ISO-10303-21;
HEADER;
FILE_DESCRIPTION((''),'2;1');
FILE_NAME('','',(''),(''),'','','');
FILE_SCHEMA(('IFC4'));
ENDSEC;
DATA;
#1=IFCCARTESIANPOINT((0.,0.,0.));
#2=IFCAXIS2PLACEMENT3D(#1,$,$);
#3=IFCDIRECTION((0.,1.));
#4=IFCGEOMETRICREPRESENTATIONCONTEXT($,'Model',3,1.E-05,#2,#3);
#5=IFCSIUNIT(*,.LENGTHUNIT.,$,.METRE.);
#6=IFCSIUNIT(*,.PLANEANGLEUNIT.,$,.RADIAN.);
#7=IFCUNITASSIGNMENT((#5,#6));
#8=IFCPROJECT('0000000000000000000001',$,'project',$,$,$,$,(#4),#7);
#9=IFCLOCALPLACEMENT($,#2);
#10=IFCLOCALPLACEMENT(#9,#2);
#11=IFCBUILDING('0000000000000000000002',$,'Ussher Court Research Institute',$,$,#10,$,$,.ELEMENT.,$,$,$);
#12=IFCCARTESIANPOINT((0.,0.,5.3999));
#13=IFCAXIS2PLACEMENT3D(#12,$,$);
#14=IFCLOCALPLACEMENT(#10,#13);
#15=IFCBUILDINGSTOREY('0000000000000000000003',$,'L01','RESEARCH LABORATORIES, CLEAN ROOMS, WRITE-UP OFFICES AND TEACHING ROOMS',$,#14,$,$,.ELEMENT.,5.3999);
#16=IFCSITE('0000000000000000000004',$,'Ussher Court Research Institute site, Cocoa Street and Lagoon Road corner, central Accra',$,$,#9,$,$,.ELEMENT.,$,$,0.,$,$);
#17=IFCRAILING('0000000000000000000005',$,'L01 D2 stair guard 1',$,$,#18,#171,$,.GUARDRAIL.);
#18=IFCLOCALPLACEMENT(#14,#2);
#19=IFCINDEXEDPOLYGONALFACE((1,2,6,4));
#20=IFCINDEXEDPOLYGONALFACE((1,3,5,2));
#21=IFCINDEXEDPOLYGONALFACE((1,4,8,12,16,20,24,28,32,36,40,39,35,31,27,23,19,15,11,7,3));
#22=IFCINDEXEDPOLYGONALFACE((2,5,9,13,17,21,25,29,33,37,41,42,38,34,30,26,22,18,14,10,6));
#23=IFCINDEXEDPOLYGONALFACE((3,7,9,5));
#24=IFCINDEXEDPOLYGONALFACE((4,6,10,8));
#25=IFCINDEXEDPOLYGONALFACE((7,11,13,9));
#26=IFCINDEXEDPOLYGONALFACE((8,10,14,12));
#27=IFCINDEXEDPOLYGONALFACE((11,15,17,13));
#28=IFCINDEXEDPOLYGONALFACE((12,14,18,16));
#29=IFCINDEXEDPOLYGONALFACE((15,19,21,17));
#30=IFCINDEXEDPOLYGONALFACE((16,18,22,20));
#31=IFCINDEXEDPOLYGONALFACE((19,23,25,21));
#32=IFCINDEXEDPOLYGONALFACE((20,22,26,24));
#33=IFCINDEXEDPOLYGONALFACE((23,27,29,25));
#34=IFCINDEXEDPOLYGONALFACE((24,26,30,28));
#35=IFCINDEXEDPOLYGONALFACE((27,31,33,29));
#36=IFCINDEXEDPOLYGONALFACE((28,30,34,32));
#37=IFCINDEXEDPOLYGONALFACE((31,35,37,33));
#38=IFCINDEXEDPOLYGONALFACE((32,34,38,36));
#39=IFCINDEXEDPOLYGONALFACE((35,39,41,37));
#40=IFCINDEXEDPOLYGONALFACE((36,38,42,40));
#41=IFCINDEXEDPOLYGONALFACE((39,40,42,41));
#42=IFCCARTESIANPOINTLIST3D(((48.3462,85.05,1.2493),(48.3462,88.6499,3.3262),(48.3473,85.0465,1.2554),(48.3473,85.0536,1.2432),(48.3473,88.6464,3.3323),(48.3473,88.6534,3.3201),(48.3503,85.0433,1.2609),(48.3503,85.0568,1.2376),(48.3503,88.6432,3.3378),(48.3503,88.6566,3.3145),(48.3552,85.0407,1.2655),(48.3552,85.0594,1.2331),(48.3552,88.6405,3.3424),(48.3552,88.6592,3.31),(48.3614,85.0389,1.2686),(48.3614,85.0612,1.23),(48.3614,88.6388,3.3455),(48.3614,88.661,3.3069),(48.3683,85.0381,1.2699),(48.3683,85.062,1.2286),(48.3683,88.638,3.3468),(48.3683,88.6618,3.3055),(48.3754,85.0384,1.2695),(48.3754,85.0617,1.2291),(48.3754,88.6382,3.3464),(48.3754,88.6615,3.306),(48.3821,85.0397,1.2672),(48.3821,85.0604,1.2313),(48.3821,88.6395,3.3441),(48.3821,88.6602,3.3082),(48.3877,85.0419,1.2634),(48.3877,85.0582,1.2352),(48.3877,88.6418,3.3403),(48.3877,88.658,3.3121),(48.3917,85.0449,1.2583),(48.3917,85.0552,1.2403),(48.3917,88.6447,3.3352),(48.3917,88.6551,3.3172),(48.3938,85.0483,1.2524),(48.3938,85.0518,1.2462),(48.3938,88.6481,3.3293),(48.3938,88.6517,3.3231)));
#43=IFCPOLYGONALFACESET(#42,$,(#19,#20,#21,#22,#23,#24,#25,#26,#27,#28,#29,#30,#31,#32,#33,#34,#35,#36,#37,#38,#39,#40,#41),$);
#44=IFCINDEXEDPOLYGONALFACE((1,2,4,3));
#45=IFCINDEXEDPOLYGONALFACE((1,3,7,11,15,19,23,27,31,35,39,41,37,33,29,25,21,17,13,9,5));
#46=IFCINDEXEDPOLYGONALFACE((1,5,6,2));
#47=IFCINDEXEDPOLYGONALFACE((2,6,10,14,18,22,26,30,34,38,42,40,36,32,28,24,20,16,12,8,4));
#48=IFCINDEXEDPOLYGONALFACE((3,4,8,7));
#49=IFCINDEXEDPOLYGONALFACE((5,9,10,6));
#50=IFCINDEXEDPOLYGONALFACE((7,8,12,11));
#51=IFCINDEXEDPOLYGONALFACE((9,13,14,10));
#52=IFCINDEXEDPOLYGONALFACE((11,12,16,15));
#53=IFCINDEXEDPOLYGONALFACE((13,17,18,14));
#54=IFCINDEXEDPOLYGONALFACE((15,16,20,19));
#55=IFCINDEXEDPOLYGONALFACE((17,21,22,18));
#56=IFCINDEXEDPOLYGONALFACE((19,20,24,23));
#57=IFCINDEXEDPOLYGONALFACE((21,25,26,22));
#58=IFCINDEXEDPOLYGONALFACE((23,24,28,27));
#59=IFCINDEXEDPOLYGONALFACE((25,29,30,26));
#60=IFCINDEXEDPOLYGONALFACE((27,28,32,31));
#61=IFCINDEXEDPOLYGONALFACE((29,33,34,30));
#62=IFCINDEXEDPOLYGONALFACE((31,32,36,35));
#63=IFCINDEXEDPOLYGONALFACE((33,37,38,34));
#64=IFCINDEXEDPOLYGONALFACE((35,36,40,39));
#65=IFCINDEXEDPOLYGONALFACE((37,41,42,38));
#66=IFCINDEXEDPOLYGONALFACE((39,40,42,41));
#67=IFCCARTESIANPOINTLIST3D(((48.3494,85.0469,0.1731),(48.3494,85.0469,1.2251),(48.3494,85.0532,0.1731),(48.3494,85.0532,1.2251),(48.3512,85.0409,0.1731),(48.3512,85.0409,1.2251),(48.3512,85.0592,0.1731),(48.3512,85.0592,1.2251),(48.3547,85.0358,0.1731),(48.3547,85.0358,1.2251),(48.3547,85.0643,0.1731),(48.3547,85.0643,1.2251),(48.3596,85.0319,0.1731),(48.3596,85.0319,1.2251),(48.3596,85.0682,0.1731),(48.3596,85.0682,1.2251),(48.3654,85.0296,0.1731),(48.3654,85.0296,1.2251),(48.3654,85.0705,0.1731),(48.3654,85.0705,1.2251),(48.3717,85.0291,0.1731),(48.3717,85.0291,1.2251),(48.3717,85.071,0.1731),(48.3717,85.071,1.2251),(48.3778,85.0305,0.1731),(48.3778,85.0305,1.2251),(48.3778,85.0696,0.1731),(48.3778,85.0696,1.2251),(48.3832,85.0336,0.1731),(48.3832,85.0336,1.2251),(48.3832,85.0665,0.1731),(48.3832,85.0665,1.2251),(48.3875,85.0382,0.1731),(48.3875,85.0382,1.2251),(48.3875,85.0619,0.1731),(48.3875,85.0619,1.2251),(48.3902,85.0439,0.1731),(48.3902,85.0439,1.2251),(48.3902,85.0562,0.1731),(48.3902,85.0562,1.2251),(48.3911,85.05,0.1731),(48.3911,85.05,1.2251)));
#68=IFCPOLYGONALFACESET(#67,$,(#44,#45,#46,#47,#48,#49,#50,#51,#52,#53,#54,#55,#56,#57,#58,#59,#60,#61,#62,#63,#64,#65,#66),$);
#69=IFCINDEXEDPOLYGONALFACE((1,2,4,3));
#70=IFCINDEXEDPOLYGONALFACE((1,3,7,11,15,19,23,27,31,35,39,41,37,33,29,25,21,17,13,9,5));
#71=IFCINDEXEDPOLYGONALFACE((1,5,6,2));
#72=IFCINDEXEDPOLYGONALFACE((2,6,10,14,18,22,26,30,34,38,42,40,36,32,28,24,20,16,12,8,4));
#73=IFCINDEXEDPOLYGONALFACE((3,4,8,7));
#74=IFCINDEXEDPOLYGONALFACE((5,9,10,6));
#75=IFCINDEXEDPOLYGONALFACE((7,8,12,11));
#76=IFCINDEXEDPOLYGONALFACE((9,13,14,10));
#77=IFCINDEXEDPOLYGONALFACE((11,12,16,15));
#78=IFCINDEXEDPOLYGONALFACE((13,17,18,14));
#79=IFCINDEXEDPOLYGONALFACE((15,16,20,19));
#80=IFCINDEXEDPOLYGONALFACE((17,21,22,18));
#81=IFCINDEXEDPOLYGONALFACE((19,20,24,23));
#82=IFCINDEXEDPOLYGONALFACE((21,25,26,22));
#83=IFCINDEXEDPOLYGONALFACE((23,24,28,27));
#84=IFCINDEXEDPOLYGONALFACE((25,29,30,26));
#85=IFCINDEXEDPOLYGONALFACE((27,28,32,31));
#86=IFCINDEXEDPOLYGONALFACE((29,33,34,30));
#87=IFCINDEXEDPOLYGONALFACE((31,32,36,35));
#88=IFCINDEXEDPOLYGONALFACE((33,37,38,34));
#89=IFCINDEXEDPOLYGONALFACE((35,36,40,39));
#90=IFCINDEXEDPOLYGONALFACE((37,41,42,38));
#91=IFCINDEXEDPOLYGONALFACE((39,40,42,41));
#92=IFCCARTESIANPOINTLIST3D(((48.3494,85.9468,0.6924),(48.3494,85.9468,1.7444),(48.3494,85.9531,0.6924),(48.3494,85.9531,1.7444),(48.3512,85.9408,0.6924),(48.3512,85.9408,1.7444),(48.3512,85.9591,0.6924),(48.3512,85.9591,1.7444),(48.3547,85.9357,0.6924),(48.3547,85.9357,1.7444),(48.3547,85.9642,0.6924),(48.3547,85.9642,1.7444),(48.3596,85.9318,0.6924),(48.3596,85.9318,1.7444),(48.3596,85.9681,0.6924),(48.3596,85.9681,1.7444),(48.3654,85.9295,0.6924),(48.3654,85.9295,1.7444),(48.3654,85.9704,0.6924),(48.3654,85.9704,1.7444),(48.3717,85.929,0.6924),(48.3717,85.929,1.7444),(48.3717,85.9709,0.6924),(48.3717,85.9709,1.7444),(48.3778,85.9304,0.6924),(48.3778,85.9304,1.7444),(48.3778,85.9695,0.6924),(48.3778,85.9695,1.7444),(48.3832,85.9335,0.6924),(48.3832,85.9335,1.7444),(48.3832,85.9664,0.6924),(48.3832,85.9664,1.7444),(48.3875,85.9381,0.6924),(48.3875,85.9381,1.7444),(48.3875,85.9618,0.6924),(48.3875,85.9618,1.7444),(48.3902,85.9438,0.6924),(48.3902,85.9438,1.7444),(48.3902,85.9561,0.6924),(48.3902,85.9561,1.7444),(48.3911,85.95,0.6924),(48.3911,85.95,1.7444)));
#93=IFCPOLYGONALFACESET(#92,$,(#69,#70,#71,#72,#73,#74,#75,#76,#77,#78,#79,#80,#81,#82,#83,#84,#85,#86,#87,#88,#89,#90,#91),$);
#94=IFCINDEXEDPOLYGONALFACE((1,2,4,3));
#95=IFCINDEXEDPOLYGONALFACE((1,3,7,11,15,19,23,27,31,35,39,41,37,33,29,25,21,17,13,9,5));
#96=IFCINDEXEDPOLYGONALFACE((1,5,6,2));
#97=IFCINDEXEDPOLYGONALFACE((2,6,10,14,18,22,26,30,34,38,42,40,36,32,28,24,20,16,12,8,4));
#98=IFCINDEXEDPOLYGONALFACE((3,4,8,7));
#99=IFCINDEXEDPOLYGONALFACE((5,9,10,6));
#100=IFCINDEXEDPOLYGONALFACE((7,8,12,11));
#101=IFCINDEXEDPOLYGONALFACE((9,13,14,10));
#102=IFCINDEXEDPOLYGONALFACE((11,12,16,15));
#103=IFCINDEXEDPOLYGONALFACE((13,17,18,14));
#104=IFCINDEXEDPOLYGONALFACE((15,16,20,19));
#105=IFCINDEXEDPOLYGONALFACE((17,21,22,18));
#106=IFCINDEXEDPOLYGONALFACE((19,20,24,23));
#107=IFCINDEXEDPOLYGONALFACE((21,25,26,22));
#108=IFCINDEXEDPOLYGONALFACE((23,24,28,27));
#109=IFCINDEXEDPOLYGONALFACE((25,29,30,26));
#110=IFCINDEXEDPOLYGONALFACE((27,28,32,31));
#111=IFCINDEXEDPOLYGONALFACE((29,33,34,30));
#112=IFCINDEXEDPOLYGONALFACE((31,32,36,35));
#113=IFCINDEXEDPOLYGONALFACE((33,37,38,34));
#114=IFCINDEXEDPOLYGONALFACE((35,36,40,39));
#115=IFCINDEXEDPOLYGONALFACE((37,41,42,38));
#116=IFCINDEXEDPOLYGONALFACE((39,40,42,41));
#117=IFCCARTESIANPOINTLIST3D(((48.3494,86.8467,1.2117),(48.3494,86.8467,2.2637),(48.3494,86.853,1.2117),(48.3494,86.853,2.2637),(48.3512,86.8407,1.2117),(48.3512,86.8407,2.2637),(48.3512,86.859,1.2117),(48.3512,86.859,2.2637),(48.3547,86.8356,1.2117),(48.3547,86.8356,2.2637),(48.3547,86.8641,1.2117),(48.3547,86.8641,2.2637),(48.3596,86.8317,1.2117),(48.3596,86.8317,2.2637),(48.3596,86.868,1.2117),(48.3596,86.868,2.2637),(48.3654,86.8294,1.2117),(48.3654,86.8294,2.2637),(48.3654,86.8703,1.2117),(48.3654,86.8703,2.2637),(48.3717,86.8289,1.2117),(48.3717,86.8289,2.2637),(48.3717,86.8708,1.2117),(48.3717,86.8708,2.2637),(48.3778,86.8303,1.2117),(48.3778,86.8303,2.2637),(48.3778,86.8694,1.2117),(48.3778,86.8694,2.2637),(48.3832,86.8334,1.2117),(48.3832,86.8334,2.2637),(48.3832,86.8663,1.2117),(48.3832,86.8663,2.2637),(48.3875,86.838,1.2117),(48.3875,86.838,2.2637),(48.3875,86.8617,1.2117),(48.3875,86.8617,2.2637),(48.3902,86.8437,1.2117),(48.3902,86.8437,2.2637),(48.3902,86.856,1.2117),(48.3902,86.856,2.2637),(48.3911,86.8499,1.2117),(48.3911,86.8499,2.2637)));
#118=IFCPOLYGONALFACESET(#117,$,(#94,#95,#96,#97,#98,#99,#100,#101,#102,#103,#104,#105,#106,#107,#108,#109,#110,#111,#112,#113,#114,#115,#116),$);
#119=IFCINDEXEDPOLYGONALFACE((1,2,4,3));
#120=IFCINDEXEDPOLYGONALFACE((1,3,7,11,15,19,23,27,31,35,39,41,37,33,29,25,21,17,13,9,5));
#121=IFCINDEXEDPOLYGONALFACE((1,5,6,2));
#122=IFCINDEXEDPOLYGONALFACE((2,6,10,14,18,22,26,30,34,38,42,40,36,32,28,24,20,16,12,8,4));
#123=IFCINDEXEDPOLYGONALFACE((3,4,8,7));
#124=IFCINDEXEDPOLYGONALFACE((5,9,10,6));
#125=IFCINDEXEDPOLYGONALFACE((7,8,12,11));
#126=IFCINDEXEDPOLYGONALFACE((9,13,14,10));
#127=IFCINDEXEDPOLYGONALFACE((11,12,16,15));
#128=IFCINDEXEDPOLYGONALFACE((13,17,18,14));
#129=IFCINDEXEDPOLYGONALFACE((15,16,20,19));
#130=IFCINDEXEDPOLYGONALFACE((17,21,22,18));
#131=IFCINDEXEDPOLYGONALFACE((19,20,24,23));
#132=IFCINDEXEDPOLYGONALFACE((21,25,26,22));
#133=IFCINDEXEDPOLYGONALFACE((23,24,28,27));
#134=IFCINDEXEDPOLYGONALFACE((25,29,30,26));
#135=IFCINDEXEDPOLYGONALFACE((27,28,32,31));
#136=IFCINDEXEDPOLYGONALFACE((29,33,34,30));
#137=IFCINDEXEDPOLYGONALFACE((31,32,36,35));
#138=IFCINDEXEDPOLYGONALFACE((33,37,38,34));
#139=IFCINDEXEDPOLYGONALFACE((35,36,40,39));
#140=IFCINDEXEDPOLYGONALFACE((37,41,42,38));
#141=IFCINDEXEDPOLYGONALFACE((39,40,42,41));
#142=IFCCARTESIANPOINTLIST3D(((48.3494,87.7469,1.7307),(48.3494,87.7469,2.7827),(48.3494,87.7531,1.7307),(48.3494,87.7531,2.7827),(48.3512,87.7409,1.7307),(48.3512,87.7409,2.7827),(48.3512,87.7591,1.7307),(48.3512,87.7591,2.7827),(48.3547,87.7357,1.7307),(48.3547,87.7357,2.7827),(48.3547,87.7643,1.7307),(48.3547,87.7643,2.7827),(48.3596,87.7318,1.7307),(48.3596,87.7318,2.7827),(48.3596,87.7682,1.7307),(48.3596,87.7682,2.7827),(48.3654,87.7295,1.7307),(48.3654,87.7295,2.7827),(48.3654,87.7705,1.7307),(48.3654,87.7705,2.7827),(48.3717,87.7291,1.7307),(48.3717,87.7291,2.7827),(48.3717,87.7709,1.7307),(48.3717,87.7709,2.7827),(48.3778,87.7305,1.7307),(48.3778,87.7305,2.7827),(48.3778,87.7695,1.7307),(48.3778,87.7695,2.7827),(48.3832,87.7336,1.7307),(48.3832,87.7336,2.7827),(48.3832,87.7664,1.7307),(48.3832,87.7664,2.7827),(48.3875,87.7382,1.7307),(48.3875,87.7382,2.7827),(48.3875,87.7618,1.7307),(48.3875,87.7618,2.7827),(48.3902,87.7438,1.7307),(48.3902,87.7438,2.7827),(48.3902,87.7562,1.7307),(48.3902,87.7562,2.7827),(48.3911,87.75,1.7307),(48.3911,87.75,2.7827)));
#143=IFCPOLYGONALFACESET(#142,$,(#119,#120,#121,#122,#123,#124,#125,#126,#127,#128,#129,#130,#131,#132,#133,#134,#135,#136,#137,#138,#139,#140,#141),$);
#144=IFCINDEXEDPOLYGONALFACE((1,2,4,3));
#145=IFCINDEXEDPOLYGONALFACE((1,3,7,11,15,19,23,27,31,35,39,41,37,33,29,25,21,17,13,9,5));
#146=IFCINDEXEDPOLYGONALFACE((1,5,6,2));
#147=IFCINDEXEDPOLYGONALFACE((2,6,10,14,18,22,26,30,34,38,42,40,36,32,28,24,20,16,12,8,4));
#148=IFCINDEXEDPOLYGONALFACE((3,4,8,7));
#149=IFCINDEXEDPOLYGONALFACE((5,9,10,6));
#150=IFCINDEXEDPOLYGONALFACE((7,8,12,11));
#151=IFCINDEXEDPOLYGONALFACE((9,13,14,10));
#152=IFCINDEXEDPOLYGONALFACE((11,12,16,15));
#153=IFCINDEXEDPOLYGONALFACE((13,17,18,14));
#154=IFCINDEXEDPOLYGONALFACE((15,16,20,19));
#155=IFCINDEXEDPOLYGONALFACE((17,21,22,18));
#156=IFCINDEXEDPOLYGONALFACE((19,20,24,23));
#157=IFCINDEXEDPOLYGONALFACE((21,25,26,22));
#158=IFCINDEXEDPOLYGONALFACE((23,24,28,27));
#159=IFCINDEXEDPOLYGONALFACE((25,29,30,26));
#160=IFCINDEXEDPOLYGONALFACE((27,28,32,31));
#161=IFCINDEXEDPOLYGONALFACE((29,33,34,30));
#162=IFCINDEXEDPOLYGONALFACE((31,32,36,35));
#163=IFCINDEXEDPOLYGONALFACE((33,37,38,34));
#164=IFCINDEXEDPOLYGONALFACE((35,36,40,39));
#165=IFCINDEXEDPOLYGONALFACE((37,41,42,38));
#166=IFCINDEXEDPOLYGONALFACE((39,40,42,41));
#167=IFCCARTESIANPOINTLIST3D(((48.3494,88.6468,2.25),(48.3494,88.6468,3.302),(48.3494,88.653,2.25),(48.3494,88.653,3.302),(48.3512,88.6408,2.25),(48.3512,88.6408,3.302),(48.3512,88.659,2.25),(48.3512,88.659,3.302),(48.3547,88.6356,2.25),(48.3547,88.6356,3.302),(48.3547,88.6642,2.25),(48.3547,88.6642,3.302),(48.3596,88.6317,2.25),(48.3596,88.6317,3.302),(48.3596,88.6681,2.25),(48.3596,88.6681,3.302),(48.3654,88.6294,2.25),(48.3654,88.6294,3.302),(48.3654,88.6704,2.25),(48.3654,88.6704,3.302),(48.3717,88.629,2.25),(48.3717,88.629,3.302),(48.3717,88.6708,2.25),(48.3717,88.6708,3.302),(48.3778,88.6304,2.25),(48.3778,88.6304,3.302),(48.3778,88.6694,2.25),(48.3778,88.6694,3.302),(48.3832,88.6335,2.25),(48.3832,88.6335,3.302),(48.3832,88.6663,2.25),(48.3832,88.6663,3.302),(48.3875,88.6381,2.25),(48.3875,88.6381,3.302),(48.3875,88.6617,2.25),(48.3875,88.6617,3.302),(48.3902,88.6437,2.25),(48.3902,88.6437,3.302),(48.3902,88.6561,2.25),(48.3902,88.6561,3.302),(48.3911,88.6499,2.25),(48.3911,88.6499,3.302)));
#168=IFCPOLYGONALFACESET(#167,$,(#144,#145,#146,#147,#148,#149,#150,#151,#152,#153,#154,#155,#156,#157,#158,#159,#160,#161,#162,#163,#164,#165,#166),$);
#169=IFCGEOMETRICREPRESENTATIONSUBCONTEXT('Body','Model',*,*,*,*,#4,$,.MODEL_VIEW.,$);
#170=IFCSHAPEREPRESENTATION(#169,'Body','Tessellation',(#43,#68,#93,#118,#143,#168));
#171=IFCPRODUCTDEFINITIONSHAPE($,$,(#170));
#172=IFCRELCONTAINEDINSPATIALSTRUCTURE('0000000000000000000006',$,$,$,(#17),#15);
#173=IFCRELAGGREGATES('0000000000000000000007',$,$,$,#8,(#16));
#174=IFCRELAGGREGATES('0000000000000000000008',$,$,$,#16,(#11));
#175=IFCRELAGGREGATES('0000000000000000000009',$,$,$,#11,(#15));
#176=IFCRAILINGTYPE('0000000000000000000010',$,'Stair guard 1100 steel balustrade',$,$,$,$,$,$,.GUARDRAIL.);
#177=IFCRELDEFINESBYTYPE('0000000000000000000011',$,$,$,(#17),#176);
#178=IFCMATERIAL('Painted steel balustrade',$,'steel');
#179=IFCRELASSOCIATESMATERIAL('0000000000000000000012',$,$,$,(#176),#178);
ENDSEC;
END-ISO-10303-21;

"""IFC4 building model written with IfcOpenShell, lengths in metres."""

from ifc_helpers import new_model, si_unit, direction, frame, origin, origin_2d, place, context, subcontext, project, spatial, circle, extrude, material, type_object, element, save


model = new_model("IFC4")

# Units and contexts
model_context = context("Model", 3, precision=1e-05, world=origin(), true_north=direction((0.0, 1.0)))
body_context = subcontext(model_context, "Body", "Model", "MODEL_VIEW")
ifc_project = project(units=[si_unit("LENGTHUNIT", "METRE"), si_unit("PLANEANGLEUNIT", "RADIAN")], contexts=[model_context])

# Site, building, storey
site_placement = place(None, origin())
site = spatial("IfcSite", under=ifc_project, at=site_placement, Name="Ussher Court Research Institute site, Cocoa Street and Lagoon Road corner, central Accra", CompositionType="ELEMENT", RefElevation=0.0)
building_placement = place(site_placement, origin())
building = spatial("IfcBuilding", under=site, at=building_placement, Name="Ussher Court Research Institute", CompositionType="ELEMENT")
storey_placement = place(building_placement, frame((0.0, 0.0, 5.3999)))
storey = spatial("IfcBuildingStorey", under=building, at=storey_placement, Name="L01", Description="RESEARCH LABORATORIES, CLEAN ROOMS, WRITE-UP OFFICES AND TEACHING ROOMS", CompositionType="ELEMENT", Elevation=5.3999)

# Railing
ifc_material_1 = material(Name="Painted steel balustrade", Category="steel")
railing_type_1 = type_object("IfcRailingType", Name="Stair guard 1100 steel balustrade", PredefinedType="GUARDRAIL", material=ifc_material_1)
railing_1_placement = place(storey_placement, frame((48.3701, 85.05, 0.1731)))
element("IfcRailing", 1, at=railing_1_placement, inside=storey, type_object=railing_type_1, Name="L01 D2 stair guard 1", PredefinedType="GUARDRAIL", context=body_context, shape_type="SweptSolid", body=[
    extrude(circle(Radius=0.0239, at=origin_2d()), frame((0.0, 0.0, 1.0762), z_axis=(0.0, 0.866179, 0.499734), x_axis=(-1.0, 0.0, 0.0)), (0.0, 0.0, 1.0), 4.156),
    extrude(circle(Radius=0.021, at=origin_2d()), origin(), (0.0, 0.0, 1.0), 1.052),
    extrude(circle(Radius=0.021, at=origin_2d()), frame((0.0, 0.8999, 0.5193)), (0.0, 0.0, 1.0), 1.052),
    extrude(circle(Radius=0.021, at=origin_2d()), frame((0.0, 1.7998, 1.0386)), (0.0, 0.0, 1.0), 1.052),
    extrude(circle(Radius=0.021, at=origin_2d()), frame((0.0, 2.7, 1.5576)), (0.0, 0.0, 1.0), 1.052),
    extrude(circle(Radius=0.021, at=origin_2d()), frame((0.0, 3.5999, 2.0769)), (0.0, 0.0, 1.0), 1.052),
])

save(model, "model.ifc")
